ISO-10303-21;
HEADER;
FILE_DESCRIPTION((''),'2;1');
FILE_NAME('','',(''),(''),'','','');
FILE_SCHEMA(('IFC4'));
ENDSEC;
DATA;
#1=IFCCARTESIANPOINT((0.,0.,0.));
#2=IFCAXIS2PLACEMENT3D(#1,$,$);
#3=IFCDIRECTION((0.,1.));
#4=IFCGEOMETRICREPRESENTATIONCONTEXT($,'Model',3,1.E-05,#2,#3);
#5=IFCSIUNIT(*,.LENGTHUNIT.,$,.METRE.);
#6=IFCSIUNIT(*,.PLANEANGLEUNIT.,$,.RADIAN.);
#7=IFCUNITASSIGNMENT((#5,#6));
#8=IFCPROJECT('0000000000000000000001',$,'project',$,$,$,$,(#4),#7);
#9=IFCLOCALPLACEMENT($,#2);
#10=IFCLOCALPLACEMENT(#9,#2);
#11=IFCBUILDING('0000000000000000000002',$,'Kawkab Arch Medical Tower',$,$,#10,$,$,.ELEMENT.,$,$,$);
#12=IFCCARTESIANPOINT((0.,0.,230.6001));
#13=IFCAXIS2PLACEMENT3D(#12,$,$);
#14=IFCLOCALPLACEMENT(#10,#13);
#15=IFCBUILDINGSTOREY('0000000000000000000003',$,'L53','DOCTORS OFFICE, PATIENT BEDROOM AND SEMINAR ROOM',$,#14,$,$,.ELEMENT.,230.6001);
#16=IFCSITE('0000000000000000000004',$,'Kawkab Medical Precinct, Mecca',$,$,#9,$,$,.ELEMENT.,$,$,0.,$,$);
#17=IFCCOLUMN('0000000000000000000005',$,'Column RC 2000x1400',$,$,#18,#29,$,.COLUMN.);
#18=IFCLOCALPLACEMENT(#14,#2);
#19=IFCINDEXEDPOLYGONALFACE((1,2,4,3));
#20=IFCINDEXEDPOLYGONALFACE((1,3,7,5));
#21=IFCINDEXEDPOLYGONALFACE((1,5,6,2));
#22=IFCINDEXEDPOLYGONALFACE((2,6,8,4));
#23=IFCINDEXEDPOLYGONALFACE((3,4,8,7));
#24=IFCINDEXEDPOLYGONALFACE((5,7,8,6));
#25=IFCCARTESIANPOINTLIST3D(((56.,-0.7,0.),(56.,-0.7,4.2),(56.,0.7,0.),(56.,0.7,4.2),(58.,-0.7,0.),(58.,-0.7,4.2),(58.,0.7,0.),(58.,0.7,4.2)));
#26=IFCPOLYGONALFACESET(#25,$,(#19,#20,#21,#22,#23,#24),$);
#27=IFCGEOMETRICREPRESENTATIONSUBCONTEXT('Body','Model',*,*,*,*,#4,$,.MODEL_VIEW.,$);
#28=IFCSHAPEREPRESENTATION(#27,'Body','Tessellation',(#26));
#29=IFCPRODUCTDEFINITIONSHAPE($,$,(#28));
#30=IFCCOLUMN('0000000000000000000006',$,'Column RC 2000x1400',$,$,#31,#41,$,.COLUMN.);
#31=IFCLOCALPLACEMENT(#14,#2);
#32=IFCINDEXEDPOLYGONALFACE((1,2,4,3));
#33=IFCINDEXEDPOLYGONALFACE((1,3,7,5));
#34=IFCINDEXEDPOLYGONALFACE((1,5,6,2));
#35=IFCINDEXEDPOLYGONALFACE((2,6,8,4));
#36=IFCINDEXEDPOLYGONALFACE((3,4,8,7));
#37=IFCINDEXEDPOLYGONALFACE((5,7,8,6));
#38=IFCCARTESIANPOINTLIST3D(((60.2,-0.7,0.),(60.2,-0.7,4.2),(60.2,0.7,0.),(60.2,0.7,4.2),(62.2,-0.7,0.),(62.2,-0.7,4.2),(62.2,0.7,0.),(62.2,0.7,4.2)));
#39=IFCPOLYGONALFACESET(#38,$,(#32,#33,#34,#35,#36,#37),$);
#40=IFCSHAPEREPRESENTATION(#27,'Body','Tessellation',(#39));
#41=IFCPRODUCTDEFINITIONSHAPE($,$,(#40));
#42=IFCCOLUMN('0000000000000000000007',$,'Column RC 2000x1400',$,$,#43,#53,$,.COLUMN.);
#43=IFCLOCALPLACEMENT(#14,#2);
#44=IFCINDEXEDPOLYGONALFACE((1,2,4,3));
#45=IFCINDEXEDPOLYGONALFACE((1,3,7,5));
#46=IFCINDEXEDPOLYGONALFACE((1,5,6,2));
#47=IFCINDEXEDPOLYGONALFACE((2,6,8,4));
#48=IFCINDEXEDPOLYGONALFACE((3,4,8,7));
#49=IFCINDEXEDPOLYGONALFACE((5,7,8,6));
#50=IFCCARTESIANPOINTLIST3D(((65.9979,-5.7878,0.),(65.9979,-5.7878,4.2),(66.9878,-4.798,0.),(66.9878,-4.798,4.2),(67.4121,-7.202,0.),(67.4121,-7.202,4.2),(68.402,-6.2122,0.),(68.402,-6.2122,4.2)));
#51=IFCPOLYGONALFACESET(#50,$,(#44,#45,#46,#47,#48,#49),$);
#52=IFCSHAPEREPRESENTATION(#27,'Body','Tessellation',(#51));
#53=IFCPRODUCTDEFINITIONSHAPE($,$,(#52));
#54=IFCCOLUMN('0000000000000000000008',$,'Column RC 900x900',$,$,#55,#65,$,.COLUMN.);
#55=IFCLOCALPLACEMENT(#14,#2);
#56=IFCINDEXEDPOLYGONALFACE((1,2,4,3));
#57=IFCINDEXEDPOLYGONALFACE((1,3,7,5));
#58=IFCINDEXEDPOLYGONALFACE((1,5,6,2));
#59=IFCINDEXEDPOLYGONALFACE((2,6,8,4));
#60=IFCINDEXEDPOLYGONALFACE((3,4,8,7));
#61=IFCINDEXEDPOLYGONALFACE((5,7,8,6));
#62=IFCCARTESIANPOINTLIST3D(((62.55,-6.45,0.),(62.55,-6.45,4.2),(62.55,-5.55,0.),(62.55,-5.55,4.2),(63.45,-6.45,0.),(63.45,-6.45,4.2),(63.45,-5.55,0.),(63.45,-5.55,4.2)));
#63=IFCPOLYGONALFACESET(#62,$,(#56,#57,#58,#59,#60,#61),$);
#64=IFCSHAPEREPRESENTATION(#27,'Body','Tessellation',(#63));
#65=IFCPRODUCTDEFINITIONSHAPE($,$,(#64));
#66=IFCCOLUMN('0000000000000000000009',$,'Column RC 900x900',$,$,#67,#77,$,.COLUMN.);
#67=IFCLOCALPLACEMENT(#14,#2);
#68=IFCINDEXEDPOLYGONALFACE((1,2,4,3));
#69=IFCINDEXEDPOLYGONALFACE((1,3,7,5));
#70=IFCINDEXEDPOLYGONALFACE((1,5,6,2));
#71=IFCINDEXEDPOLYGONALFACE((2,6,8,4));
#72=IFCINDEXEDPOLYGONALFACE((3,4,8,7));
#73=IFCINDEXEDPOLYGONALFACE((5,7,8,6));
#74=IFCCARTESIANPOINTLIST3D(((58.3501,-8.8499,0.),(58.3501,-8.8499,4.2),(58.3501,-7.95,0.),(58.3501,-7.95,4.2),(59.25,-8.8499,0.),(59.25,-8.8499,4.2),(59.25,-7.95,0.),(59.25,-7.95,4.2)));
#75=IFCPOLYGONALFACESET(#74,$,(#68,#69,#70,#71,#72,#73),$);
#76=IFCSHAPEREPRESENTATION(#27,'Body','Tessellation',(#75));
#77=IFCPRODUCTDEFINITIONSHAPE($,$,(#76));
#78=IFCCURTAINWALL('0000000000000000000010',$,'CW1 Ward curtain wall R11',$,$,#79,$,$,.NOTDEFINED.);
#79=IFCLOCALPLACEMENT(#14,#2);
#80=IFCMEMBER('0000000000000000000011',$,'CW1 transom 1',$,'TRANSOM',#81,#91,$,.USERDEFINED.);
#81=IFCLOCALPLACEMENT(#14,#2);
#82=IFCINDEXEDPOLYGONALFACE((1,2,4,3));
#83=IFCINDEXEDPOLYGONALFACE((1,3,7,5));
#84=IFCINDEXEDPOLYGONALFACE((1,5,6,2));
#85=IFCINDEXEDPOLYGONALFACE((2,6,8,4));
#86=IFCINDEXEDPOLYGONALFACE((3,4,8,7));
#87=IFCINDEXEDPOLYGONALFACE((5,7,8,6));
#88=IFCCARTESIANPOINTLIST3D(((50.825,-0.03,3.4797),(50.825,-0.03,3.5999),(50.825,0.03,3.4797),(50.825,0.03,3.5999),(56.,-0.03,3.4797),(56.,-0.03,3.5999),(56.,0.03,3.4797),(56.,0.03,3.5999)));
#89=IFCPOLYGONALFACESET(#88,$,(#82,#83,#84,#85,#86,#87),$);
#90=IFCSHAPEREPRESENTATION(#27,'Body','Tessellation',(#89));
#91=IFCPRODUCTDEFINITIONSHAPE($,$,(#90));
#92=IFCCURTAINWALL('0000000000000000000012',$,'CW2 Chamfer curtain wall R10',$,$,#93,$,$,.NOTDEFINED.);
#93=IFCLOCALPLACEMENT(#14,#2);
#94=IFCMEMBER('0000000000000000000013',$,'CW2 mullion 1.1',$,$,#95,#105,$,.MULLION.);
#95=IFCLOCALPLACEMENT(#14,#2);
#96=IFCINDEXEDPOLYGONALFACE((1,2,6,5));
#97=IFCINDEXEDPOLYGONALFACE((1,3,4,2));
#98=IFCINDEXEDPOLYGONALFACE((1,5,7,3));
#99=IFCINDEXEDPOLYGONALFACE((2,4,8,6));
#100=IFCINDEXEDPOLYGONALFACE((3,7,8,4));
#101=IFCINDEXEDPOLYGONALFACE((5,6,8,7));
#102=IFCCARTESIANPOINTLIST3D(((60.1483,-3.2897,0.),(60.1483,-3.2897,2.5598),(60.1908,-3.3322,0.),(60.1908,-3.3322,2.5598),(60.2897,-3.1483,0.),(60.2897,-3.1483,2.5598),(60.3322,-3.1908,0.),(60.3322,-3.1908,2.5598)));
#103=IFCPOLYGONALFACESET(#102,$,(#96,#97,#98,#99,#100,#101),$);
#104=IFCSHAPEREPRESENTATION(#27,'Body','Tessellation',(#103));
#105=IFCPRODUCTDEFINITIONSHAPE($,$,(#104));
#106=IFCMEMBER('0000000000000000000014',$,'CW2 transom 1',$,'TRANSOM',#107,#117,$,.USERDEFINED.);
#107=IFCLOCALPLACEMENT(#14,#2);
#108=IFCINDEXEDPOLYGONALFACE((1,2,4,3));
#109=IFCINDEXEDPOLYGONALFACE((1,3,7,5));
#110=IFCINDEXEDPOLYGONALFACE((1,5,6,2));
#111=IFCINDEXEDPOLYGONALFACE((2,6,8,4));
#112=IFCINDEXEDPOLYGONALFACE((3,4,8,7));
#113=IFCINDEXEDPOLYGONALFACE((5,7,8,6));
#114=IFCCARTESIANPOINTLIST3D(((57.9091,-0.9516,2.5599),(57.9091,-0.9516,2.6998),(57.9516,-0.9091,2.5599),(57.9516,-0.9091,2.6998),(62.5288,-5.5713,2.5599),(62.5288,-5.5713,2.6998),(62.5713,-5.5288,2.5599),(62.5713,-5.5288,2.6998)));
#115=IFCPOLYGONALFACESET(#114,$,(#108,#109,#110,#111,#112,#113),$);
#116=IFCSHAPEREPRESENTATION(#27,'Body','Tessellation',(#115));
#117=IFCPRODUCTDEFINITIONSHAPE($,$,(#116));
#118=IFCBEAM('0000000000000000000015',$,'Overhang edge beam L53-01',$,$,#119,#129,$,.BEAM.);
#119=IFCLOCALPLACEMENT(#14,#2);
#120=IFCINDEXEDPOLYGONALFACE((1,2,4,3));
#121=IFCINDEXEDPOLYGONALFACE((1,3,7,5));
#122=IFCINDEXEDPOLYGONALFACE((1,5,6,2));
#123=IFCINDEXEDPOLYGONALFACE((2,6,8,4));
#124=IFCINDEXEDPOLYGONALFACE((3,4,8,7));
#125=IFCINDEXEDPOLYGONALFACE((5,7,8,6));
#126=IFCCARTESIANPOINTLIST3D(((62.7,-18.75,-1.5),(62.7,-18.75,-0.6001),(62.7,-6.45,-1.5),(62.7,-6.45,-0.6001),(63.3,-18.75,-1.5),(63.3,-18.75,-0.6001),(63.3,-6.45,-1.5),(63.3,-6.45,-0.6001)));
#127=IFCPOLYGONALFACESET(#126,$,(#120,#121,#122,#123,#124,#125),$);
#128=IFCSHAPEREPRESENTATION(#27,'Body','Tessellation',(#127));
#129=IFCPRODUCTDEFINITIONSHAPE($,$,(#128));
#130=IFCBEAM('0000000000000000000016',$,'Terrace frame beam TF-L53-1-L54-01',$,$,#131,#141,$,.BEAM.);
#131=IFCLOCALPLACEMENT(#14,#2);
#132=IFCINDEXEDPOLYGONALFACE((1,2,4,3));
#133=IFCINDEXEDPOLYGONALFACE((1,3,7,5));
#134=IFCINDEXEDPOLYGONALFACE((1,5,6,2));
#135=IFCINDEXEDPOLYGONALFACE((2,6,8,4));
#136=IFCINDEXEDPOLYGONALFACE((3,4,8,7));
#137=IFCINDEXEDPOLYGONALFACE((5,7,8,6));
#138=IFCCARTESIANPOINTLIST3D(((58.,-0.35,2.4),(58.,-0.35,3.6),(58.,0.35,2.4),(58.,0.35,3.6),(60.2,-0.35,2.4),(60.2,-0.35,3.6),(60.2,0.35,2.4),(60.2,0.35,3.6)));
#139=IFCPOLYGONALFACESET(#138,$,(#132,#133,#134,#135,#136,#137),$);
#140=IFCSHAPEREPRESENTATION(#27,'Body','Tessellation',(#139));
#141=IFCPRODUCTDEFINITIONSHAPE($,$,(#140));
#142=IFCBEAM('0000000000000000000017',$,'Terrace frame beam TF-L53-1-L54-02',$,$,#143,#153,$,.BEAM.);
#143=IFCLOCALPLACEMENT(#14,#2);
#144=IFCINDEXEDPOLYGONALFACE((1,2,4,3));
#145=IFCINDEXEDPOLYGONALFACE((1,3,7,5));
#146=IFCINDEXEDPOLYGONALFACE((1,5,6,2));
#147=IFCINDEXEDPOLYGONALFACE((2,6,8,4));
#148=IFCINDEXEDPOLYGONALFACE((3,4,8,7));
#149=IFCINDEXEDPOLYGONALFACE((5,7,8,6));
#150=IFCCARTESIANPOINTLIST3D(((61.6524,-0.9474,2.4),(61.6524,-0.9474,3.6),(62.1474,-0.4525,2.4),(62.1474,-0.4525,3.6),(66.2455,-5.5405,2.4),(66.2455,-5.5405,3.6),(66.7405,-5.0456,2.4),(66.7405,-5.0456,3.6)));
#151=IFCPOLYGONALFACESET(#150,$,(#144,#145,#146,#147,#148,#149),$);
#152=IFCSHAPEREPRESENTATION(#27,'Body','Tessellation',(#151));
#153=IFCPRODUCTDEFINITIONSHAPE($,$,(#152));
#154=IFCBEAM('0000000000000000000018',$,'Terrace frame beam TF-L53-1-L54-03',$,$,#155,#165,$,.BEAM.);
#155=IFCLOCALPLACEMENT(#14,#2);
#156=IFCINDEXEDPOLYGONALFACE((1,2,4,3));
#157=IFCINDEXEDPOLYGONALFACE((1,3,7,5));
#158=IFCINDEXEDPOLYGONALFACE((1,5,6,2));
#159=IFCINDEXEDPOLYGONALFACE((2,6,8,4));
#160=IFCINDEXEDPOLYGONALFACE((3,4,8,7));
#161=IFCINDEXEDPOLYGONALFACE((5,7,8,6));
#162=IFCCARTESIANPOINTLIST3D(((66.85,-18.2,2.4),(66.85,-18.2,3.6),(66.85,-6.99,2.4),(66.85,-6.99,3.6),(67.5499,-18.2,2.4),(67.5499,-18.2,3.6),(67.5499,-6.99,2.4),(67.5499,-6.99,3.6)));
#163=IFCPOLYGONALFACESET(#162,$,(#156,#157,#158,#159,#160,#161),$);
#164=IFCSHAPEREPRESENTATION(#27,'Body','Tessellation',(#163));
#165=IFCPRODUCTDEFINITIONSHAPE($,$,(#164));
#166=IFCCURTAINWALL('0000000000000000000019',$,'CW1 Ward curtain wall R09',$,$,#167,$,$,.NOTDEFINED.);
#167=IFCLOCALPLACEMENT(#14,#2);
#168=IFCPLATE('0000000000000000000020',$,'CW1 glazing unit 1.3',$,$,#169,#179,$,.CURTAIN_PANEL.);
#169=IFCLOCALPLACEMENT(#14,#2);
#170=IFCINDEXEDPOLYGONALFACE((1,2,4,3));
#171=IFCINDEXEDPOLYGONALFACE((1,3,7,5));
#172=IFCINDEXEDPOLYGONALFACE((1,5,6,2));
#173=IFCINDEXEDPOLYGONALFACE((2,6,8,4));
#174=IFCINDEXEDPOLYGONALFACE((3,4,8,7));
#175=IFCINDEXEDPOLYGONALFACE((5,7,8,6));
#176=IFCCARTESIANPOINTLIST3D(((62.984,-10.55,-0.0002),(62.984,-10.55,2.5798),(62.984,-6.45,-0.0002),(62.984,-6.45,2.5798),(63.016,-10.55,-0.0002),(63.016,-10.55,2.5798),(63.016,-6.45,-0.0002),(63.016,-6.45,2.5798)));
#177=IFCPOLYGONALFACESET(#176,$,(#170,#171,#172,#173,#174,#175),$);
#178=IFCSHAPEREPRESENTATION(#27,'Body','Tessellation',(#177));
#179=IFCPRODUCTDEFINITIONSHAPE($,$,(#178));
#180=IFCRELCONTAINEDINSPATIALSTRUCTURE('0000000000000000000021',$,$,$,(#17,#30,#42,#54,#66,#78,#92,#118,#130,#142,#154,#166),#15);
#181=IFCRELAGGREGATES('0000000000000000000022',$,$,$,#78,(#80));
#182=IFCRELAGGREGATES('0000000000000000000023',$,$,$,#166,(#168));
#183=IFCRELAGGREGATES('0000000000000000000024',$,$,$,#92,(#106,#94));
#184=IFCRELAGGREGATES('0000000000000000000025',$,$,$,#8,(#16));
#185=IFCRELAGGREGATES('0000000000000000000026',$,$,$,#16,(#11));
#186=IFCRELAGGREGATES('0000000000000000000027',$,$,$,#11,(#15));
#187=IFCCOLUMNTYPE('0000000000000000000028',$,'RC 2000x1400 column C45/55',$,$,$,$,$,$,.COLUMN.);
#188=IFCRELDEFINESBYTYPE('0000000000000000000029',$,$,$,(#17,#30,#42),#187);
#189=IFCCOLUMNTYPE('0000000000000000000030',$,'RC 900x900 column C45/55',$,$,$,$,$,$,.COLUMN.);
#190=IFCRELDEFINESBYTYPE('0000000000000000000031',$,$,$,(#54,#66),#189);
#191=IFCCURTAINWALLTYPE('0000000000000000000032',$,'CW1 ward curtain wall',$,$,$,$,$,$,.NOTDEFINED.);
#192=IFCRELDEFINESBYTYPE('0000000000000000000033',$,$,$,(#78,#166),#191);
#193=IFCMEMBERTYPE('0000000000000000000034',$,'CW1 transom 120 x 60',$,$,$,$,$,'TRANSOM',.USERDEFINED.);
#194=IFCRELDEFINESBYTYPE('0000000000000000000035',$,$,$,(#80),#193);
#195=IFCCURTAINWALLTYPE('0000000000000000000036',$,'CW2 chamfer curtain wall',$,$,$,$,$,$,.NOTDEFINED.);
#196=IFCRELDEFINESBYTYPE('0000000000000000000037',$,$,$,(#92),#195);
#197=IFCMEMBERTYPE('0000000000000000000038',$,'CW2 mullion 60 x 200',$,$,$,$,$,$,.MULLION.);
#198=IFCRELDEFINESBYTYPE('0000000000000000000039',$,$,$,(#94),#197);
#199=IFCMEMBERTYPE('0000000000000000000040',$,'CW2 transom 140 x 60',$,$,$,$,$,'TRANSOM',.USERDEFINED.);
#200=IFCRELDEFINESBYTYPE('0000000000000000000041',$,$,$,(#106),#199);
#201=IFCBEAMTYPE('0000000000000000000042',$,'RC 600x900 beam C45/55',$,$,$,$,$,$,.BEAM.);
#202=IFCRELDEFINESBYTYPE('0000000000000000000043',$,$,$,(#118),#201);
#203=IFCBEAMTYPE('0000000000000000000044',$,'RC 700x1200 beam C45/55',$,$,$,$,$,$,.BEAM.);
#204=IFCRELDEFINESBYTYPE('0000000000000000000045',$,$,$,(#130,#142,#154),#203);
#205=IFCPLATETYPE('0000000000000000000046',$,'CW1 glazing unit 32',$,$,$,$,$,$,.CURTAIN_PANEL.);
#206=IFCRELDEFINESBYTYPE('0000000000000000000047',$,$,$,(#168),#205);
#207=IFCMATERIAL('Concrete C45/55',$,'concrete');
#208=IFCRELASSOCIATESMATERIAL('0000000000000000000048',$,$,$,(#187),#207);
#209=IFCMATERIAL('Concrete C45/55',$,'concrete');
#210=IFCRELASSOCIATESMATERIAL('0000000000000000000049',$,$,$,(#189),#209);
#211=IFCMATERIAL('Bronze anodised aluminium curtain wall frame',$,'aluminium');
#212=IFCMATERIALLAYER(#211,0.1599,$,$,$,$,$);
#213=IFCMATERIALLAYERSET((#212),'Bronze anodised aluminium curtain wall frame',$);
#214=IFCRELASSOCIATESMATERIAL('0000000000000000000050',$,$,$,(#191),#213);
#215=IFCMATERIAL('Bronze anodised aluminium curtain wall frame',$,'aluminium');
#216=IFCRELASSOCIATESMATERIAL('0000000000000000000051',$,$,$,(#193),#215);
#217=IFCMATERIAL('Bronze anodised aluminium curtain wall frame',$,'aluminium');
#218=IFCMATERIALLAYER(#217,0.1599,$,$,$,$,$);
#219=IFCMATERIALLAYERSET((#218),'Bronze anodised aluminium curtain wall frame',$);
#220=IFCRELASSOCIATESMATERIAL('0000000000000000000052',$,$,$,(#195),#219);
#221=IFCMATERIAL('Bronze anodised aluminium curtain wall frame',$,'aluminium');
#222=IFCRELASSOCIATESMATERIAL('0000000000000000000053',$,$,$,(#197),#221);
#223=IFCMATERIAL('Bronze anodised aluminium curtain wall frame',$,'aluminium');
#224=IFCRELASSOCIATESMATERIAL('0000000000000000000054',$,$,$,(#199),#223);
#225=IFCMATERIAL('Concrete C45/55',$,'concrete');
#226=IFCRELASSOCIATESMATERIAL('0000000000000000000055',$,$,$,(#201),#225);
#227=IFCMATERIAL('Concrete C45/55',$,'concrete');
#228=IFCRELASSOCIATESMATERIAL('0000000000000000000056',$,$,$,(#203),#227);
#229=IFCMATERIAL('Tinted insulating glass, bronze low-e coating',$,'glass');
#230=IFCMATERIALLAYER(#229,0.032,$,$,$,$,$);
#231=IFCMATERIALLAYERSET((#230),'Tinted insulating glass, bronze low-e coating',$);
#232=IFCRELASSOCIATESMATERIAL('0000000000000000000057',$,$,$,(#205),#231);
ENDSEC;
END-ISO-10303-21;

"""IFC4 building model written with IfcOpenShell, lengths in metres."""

from ifc_helpers import new_model, si_unit, direction, frame, origin, origin_2d, place, context, subcontext, project, spatial, rectangle, extrude, material, layer, layer_set, material_profile, profile_set, type_object, element, aggregate, save


model = new_model("IFC4")

# Units and contexts
model_context = context("Model", 3, precision=1e-05, world=origin(), true_north=direction((0.0, 1.0)))
body_context = subcontext(model_context, "Body", "Model", "MODEL_VIEW")
ifc_project = project(units=[si_unit("LENGTHUNIT", "METRE"), si_unit("PLANEANGLEUNIT", "RADIAN")], contexts=[model_context])

# Site, building, storey
site_placement = place(None, origin())
site = spatial("IfcSite", under=ifc_project, at=site_placement, Name="Kawkab Medical Precinct, Mecca", CompositionType="ELEMENT", RefElevation=0.0)
building_placement = place(site_placement, origin())
building = spatial("IfcBuilding", under=site, at=building_placement, Name="Kawkab Arch Medical Tower", CompositionType="ELEMENT")
storey_placement = place(building_placement, frame((0.0, 0.0, 230.6001)))
storey = spatial("IfcBuildingStorey", under=building, at=storey_placement, Name="L53", Description="DOCTORS OFFICE, PATIENT BEDROOM AND SEMINAR ROOM", CompositionType="ELEMENT", Elevation=230.6001)

# Columns
ifc_material_1 = material(Name="Concrete C45/55", Category="concrete")
ifc_material_profile_1 = material_profile(ifc_material_1, rectangle(XDim=2.0, YDim=1.3999, at=origin_2d()), Name="RC 2000x1400")
ifc_profile_set_1 = profile_set([ifc_material_profile_1], Name="Concrete C45/55")
column_type_1 = type_object("IfcColumnType", Name="RC 2000x1400 column C45/55", PredefinedType="COLUMN", material=ifc_profile_set_1)
for number, where, z_axis, x_axis, name in (
    (1, (57.0, 0.0, 0.0), (0.0, 0.0, 1.0), (1.0, 0.0, 0.0), "Column RC 2000x1400"),
    (2, (61.2, 0.0, 0.0), (0.0, 0.0, 1.0), (1.0, 0.0, 0.0), "Column RC 2000x1400"),
    (3, (67.2, -6.0, 0.0), (0.0, 0.0, 1.0), (0.707107, -0.707107, 0.0), "Column RC 2000x1400"),
):
    element("IfcColumn", number, at=place(storey_placement, frame(where, z_axis=z_axis, x_axis=x_axis)), inside=storey, type_object=column_type_1, Name=name, PredefinedType="COLUMN", context=body_context, shape_type="SweptSolid", body=[
        extrude(rectangle(XDim=2.0, YDim=1.3999, at=origin_2d()), origin(), (0.0, 0.0, 1.0), 4.2),
    ])
ifc_material_2 = material(Name="Concrete C45/55", Category="concrete")
ifc_material_profile_2 = material_profile(ifc_material_2, rectangle(XDim=0.8999, YDim=0.8999, at=origin_2d()), Name="RC 900x900")
ifc_profile_set_2 = profile_set([ifc_material_profile_2], Name="Concrete C45/55")
column_type_2 = type_object("IfcColumnType", Name="RC 900x900 column C45/55", PredefinedType="COLUMN", material=ifc_profile_set_2)
for number, where, z_axis, x_axis, name in (
    (4, (63.0, -6.0, 0.0), (0.0, 0.0, 1.0), (1.0, 0.0, 0.0), "Column RC 900x900"),
    (5, (58.8, -8.3999, 0.0), (0.0, 0.0, 1.0), (1.0, 0.0, 0.0), "Column RC 900x900"),
):
    element("IfcColumn", number, at=place(storey_placement, frame(where, z_axis=z_axis, x_axis=x_axis)), inside=storey, type_object=column_type_2, Name=name, PredefinedType="COLUMN", context=body_context, shape_type="SweptSolid", body=[
        extrude(rectangle(XDim=0.8999, YDim=0.8999, at=origin_2d()), origin(), (0.0, 0.0, 1.0), 4.2),
    ])

# Curtain wall, member
ifc_material_3 = material(Name="Bronze anodised aluminium curtain wall frame", Category="aluminium")
ifc_layer_1 = layer(ifc_material_3, 0.1599)
ifc_layer_set_1 = layer_set([ifc_layer_1], Name="Bronze anodised aluminium curtain wall frame")
curtain_wall_type_1 = type_object("IfcCurtainWallType", Name="CW1 ward curtain wall", PredefinedType="NOTDEFINED", material=ifc_layer_set_1)
placement = place(storey_placement, origin())
curtain_wall_1 = element("IfcCurtainWall", 6, at=placement, inside=storey, type_object=curtain_wall_type_1, Name="CW1 Ward curtain wall R11", PredefinedType="NOTDEFINED")
ifc_material_4 = material(Name="Bronze anodised aluminium curtain wall frame", Category="aluminium")
ifc_material_profile_3 = material_profile(ifc_material_4, rectangle(XDim=0.0601, YDim=0.1201, at=origin_2d()), Name="AL 60x120")
ifc_profile_set_3 = profile_set([ifc_material_profile_3], Name="Bronze anodised aluminium curtain wall frame")
member_type_1 = type_object("IfcMemberType", Name="CW1 transom 120 x 60", ElementType="TRANSOM", PredefinedType="USERDEFINED", material=ifc_profile_set_3)
member_1_placement = place(storey_placement, frame((56.0, 0.0, 3.5398), z_axis=(-1.0, 0.0, 0.0), x_axis=(0.0, -1.0, 0.0)))
member_1 = element("IfcMember", 7, at=member_1_placement, type_object=member_type_1, Name="CW1 transom 1", ObjectType="TRANSOM", PredefinedType="USERDEFINED", context=body_context, shape_type="SweptSolid", body=[
    extrude(rectangle(XDim=0.0601, YDim=0.1201, at=origin_2d()), origin(), (0.0, 0.0, 1.0), 5.175),
])
aggregate(curtain_wall_1, [member_1])

# Curtain wall, members
ifc_material_5 = material(Name="Bronze anodised aluminium curtain wall frame", Category="aluminium")
ifc_layer_2 = layer(ifc_material_5, 0.1599)
ifc_layer_set_2 = layer_set([ifc_layer_2], Name="Bronze anodised aluminium curtain wall frame")
curtain_wall_type_2 = type_object("IfcCurtainWallType", Name="CW2 chamfer curtain wall", PredefinedType="NOTDEFINED", material=ifc_layer_set_2)
curtain_wall_2 = element("IfcCurtainWall", 8, at=placement, inside=storey, type_object=curtain_wall_type_2, Name="CW2 Chamfer curtain wall R10", PredefinedType="NOTDEFINED")
ifc_material_6 = material(Name="Bronze anodised aluminium curtain wall frame", Category="aluminium")
ifc_material_profile_4 = material_profile(ifc_material_6, rectangle(XDim=0.2, YDim=0.0601, at=origin_2d()), Name="AL 60x200")
ifc_profile_set_4 = profile_set([ifc_material_profile_4], Name="Bronze anodised aluminium curtain wall frame")
member_type_2 = type_object("IfcMemberType", Name="CW2 mullion 60 x 200", PredefinedType="MULLION", material=ifc_profile_set_4)
member_2_placement = place(storey_placement, frame((60.2402, -3.2402, 0.0), z_axis=(0.0, 0.0, 1.0), x_axis=(-0.707107, -0.707107, 0.0)))
member_2 = element("IfcMember", 9, at=member_2_placement, type_object=member_type_2, Name="CW2 mullion 1.1", PredefinedType="MULLION", context=body_context, shape_type="SweptSolid", body=[
    extrude(rectangle(XDim=0.2, YDim=0.0601, at=origin_2d()), origin(), (0.0, 0.0, 1.0), 2.5598),
])
ifc_material_7 = material(Name="Bronze anodised aluminium curtain wall frame", Category="aluminium")
ifc_material_profile_5 = material_profile(ifc_material_7, rectangle(XDim=0.0601, YDim=0.1399, at=origin_2d()), Name="AL 60x140")
ifc_profile_set_5 = profile_set([ifc_material_profile_5], Name="Bronze anodised aluminium curtain wall frame")
member_type_3 = type_object("IfcMemberType", Name="CW2 transom 140 x 60", ElementType="TRANSOM", PredefinedType="USERDEFINED", material=ifc_profile_set_5)
member_3_placement = place(storey_placement, frame((62.55, -5.55, 2.6299), z_axis=(-0.707107, 0.707107, 0.0), x_axis=(-0.707107, -0.707107, 0.0)))
member_3 = element("IfcMember", 10, at=member_3_placement, type_object=member_type_3, Name="CW2 transom 1", ObjectType="TRANSOM", PredefinedType="USERDEFINED", context=body_context, shape_type="SweptSolid", body=[
    extrude(rectangle(XDim=0.0601, YDim=0.1399, at=origin_2d()), origin(), (0.0, 0.0, 1.0), 6.5332),
])

# Beams
ifc_material_8 = material(Name="Concrete C45/55", Category="concrete")
ifc_material_profile_6 = material_profile(ifc_material_8, rectangle(XDim=0.6001, YDim=0.8999, at=origin_2d()), Name="RC 600x900")
ifc_profile_set_6 = profile_set([ifc_material_profile_6], Name="Concrete C45/55")
beam_type_1 = type_object("IfcBeamType", Name="RC 600x900 beam C45/55", PredefinedType="BEAM", material=ifc_profile_set_6)
beam_1_placement = place(storey_placement, frame((63.0, -6.45, -1.05), z_axis=(0.0, -1.0, 0.0), x_axis=(1.0, 0.0, 0.0)))
element("IfcBeam", 11, at=beam_1_placement, inside=storey, type_object=beam_type_1, Name="Overhang edge beam L53-01", PredefinedType="BEAM", context=body_context, shape_type="SweptSolid", body=[
    extrude(rectangle(XDim=0.6001, YDim=0.8999, at=origin_2d()), origin(), (0.0, 0.0, 1.0), 12.3),
])
ifc_material_9 = material(Name="Concrete C45/55", Category="concrete")
ifc_material_profile_7 = material_profile(ifc_material_9, rectangle(XDim=0.7, YDim=1.2, at=origin_2d()), Name="RC 700x1200")
ifc_profile_set_7 = profile_set([ifc_material_profile_7], Name="Concrete C45/55")
beam_type_2 = type_object("IfcBeamType", Name="RC 700x1200 beam C45/55", PredefinedType="BEAM", material=ifc_profile_set_7)
beam_2_placement = place(storey_placement, frame((58.0, 0.0, 3.0), z_axis=(1.0, 0.0, 0.0), x_axis=(0.0, 1.0, 0.0)))
element("IfcBeam", 12, at=beam_2_placement, inside=storey, type_object=beam_type_2, Name="Terrace frame beam TF-L53-1-L54-01", PredefinedType="BEAM", context=body_context, shape_type="SweptSolid", body=[
    extrude(rectangle(XDim=0.7, YDim=1.2, at=origin_2d()), origin(), (0.0, 0.0, 1.0), 2.2),
])
beam_3_placement = place(storey_placement, frame((61.8999, -0.7, 3.0), z_axis=(0.707107, -0.707107, 0.0), x_axis=(0.707107, 0.707107, 0.0)))
element("IfcBeam", 13, at=beam_3_placement, inside=storey, type_object=beam_type_2, Name="Terrace frame beam TF-L53-1-L54-02", PredefinedType="BEAM", context=body_context, shape_type="SweptSolid", body=[
    extrude(rectangle(XDim=0.7, YDim=1.2, at=origin_2d()), origin(), (0.0, 0.0, 1.0), 6.4956),
])
beam_4_placement = place(storey_placement, frame((67.2, -6.99, 3.0), z_axis=(0.0, -1.0, 0.0), x_axis=(1.0, 0.0, 0.0)))
element("IfcBeam", 14, at=beam_4_placement, inside=storey, type_object=beam_type_2, Name="Terrace frame beam TF-L53-1-L54-03", PredefinedType="BEAM", context=body_context, shape_type="SweptSolid", body=[
    extrude(rectangle(XDim=0.7, YDim=1.2, at=origin_2d()), origin(), (0.0, 0.0, 1.0), 11.21),
])

# Curtain wall, plate
curtain_wall_3 = element("IfcCurtainWall", 15, at=placement, inside=storey, type_object=curtain_wall_type_1, Name="CW1 Ward curtain wall R09", PredefinedType="NOTDEFINED")
ifc_material_10 = material(Name="Tinted insulating glass, bronze low-e coating", Category="glass")
ifc_layer_3 = layer(ifc_material_10, 0.032)
ifc_layer_set_3 = layer_set([ifc_layer_3], Name="Tinted insulating glass, bronze low-e coating")
plate_type_1 = type_object("IfcPlateType", Name="CW1 glazing unit 32", PredefinedType="CURTAIN_PANEL", material=ifc_layer_set_3)
plate_1_placement = place(storey_placement, frame((63.0, -8.5, -0.0002), z_axis=(0.0, 0.0, 1.0), x_axis=(0.0, 1.0, 0.0)))
plate_1 = element("IfcPlate", 16, at=plate_1_placement, type_object=plate_type_1, Name="CW1 glazing unit 1.3", PredefinedType="CURTAIN_PANEL", context=body_context, shape_type="SweptSolid", body=[
    extrude(rectangle(XDim=4.1001, YDim=0.032, at=origin_2d()), origin(), (0.0, 0.0, 1.0), 2.5801),
])
aggregate(curtain_wall_3, [plate_1])

aggregate(curtain_wall_2, [member_3, member_2])

save(model, "model.ifc")
